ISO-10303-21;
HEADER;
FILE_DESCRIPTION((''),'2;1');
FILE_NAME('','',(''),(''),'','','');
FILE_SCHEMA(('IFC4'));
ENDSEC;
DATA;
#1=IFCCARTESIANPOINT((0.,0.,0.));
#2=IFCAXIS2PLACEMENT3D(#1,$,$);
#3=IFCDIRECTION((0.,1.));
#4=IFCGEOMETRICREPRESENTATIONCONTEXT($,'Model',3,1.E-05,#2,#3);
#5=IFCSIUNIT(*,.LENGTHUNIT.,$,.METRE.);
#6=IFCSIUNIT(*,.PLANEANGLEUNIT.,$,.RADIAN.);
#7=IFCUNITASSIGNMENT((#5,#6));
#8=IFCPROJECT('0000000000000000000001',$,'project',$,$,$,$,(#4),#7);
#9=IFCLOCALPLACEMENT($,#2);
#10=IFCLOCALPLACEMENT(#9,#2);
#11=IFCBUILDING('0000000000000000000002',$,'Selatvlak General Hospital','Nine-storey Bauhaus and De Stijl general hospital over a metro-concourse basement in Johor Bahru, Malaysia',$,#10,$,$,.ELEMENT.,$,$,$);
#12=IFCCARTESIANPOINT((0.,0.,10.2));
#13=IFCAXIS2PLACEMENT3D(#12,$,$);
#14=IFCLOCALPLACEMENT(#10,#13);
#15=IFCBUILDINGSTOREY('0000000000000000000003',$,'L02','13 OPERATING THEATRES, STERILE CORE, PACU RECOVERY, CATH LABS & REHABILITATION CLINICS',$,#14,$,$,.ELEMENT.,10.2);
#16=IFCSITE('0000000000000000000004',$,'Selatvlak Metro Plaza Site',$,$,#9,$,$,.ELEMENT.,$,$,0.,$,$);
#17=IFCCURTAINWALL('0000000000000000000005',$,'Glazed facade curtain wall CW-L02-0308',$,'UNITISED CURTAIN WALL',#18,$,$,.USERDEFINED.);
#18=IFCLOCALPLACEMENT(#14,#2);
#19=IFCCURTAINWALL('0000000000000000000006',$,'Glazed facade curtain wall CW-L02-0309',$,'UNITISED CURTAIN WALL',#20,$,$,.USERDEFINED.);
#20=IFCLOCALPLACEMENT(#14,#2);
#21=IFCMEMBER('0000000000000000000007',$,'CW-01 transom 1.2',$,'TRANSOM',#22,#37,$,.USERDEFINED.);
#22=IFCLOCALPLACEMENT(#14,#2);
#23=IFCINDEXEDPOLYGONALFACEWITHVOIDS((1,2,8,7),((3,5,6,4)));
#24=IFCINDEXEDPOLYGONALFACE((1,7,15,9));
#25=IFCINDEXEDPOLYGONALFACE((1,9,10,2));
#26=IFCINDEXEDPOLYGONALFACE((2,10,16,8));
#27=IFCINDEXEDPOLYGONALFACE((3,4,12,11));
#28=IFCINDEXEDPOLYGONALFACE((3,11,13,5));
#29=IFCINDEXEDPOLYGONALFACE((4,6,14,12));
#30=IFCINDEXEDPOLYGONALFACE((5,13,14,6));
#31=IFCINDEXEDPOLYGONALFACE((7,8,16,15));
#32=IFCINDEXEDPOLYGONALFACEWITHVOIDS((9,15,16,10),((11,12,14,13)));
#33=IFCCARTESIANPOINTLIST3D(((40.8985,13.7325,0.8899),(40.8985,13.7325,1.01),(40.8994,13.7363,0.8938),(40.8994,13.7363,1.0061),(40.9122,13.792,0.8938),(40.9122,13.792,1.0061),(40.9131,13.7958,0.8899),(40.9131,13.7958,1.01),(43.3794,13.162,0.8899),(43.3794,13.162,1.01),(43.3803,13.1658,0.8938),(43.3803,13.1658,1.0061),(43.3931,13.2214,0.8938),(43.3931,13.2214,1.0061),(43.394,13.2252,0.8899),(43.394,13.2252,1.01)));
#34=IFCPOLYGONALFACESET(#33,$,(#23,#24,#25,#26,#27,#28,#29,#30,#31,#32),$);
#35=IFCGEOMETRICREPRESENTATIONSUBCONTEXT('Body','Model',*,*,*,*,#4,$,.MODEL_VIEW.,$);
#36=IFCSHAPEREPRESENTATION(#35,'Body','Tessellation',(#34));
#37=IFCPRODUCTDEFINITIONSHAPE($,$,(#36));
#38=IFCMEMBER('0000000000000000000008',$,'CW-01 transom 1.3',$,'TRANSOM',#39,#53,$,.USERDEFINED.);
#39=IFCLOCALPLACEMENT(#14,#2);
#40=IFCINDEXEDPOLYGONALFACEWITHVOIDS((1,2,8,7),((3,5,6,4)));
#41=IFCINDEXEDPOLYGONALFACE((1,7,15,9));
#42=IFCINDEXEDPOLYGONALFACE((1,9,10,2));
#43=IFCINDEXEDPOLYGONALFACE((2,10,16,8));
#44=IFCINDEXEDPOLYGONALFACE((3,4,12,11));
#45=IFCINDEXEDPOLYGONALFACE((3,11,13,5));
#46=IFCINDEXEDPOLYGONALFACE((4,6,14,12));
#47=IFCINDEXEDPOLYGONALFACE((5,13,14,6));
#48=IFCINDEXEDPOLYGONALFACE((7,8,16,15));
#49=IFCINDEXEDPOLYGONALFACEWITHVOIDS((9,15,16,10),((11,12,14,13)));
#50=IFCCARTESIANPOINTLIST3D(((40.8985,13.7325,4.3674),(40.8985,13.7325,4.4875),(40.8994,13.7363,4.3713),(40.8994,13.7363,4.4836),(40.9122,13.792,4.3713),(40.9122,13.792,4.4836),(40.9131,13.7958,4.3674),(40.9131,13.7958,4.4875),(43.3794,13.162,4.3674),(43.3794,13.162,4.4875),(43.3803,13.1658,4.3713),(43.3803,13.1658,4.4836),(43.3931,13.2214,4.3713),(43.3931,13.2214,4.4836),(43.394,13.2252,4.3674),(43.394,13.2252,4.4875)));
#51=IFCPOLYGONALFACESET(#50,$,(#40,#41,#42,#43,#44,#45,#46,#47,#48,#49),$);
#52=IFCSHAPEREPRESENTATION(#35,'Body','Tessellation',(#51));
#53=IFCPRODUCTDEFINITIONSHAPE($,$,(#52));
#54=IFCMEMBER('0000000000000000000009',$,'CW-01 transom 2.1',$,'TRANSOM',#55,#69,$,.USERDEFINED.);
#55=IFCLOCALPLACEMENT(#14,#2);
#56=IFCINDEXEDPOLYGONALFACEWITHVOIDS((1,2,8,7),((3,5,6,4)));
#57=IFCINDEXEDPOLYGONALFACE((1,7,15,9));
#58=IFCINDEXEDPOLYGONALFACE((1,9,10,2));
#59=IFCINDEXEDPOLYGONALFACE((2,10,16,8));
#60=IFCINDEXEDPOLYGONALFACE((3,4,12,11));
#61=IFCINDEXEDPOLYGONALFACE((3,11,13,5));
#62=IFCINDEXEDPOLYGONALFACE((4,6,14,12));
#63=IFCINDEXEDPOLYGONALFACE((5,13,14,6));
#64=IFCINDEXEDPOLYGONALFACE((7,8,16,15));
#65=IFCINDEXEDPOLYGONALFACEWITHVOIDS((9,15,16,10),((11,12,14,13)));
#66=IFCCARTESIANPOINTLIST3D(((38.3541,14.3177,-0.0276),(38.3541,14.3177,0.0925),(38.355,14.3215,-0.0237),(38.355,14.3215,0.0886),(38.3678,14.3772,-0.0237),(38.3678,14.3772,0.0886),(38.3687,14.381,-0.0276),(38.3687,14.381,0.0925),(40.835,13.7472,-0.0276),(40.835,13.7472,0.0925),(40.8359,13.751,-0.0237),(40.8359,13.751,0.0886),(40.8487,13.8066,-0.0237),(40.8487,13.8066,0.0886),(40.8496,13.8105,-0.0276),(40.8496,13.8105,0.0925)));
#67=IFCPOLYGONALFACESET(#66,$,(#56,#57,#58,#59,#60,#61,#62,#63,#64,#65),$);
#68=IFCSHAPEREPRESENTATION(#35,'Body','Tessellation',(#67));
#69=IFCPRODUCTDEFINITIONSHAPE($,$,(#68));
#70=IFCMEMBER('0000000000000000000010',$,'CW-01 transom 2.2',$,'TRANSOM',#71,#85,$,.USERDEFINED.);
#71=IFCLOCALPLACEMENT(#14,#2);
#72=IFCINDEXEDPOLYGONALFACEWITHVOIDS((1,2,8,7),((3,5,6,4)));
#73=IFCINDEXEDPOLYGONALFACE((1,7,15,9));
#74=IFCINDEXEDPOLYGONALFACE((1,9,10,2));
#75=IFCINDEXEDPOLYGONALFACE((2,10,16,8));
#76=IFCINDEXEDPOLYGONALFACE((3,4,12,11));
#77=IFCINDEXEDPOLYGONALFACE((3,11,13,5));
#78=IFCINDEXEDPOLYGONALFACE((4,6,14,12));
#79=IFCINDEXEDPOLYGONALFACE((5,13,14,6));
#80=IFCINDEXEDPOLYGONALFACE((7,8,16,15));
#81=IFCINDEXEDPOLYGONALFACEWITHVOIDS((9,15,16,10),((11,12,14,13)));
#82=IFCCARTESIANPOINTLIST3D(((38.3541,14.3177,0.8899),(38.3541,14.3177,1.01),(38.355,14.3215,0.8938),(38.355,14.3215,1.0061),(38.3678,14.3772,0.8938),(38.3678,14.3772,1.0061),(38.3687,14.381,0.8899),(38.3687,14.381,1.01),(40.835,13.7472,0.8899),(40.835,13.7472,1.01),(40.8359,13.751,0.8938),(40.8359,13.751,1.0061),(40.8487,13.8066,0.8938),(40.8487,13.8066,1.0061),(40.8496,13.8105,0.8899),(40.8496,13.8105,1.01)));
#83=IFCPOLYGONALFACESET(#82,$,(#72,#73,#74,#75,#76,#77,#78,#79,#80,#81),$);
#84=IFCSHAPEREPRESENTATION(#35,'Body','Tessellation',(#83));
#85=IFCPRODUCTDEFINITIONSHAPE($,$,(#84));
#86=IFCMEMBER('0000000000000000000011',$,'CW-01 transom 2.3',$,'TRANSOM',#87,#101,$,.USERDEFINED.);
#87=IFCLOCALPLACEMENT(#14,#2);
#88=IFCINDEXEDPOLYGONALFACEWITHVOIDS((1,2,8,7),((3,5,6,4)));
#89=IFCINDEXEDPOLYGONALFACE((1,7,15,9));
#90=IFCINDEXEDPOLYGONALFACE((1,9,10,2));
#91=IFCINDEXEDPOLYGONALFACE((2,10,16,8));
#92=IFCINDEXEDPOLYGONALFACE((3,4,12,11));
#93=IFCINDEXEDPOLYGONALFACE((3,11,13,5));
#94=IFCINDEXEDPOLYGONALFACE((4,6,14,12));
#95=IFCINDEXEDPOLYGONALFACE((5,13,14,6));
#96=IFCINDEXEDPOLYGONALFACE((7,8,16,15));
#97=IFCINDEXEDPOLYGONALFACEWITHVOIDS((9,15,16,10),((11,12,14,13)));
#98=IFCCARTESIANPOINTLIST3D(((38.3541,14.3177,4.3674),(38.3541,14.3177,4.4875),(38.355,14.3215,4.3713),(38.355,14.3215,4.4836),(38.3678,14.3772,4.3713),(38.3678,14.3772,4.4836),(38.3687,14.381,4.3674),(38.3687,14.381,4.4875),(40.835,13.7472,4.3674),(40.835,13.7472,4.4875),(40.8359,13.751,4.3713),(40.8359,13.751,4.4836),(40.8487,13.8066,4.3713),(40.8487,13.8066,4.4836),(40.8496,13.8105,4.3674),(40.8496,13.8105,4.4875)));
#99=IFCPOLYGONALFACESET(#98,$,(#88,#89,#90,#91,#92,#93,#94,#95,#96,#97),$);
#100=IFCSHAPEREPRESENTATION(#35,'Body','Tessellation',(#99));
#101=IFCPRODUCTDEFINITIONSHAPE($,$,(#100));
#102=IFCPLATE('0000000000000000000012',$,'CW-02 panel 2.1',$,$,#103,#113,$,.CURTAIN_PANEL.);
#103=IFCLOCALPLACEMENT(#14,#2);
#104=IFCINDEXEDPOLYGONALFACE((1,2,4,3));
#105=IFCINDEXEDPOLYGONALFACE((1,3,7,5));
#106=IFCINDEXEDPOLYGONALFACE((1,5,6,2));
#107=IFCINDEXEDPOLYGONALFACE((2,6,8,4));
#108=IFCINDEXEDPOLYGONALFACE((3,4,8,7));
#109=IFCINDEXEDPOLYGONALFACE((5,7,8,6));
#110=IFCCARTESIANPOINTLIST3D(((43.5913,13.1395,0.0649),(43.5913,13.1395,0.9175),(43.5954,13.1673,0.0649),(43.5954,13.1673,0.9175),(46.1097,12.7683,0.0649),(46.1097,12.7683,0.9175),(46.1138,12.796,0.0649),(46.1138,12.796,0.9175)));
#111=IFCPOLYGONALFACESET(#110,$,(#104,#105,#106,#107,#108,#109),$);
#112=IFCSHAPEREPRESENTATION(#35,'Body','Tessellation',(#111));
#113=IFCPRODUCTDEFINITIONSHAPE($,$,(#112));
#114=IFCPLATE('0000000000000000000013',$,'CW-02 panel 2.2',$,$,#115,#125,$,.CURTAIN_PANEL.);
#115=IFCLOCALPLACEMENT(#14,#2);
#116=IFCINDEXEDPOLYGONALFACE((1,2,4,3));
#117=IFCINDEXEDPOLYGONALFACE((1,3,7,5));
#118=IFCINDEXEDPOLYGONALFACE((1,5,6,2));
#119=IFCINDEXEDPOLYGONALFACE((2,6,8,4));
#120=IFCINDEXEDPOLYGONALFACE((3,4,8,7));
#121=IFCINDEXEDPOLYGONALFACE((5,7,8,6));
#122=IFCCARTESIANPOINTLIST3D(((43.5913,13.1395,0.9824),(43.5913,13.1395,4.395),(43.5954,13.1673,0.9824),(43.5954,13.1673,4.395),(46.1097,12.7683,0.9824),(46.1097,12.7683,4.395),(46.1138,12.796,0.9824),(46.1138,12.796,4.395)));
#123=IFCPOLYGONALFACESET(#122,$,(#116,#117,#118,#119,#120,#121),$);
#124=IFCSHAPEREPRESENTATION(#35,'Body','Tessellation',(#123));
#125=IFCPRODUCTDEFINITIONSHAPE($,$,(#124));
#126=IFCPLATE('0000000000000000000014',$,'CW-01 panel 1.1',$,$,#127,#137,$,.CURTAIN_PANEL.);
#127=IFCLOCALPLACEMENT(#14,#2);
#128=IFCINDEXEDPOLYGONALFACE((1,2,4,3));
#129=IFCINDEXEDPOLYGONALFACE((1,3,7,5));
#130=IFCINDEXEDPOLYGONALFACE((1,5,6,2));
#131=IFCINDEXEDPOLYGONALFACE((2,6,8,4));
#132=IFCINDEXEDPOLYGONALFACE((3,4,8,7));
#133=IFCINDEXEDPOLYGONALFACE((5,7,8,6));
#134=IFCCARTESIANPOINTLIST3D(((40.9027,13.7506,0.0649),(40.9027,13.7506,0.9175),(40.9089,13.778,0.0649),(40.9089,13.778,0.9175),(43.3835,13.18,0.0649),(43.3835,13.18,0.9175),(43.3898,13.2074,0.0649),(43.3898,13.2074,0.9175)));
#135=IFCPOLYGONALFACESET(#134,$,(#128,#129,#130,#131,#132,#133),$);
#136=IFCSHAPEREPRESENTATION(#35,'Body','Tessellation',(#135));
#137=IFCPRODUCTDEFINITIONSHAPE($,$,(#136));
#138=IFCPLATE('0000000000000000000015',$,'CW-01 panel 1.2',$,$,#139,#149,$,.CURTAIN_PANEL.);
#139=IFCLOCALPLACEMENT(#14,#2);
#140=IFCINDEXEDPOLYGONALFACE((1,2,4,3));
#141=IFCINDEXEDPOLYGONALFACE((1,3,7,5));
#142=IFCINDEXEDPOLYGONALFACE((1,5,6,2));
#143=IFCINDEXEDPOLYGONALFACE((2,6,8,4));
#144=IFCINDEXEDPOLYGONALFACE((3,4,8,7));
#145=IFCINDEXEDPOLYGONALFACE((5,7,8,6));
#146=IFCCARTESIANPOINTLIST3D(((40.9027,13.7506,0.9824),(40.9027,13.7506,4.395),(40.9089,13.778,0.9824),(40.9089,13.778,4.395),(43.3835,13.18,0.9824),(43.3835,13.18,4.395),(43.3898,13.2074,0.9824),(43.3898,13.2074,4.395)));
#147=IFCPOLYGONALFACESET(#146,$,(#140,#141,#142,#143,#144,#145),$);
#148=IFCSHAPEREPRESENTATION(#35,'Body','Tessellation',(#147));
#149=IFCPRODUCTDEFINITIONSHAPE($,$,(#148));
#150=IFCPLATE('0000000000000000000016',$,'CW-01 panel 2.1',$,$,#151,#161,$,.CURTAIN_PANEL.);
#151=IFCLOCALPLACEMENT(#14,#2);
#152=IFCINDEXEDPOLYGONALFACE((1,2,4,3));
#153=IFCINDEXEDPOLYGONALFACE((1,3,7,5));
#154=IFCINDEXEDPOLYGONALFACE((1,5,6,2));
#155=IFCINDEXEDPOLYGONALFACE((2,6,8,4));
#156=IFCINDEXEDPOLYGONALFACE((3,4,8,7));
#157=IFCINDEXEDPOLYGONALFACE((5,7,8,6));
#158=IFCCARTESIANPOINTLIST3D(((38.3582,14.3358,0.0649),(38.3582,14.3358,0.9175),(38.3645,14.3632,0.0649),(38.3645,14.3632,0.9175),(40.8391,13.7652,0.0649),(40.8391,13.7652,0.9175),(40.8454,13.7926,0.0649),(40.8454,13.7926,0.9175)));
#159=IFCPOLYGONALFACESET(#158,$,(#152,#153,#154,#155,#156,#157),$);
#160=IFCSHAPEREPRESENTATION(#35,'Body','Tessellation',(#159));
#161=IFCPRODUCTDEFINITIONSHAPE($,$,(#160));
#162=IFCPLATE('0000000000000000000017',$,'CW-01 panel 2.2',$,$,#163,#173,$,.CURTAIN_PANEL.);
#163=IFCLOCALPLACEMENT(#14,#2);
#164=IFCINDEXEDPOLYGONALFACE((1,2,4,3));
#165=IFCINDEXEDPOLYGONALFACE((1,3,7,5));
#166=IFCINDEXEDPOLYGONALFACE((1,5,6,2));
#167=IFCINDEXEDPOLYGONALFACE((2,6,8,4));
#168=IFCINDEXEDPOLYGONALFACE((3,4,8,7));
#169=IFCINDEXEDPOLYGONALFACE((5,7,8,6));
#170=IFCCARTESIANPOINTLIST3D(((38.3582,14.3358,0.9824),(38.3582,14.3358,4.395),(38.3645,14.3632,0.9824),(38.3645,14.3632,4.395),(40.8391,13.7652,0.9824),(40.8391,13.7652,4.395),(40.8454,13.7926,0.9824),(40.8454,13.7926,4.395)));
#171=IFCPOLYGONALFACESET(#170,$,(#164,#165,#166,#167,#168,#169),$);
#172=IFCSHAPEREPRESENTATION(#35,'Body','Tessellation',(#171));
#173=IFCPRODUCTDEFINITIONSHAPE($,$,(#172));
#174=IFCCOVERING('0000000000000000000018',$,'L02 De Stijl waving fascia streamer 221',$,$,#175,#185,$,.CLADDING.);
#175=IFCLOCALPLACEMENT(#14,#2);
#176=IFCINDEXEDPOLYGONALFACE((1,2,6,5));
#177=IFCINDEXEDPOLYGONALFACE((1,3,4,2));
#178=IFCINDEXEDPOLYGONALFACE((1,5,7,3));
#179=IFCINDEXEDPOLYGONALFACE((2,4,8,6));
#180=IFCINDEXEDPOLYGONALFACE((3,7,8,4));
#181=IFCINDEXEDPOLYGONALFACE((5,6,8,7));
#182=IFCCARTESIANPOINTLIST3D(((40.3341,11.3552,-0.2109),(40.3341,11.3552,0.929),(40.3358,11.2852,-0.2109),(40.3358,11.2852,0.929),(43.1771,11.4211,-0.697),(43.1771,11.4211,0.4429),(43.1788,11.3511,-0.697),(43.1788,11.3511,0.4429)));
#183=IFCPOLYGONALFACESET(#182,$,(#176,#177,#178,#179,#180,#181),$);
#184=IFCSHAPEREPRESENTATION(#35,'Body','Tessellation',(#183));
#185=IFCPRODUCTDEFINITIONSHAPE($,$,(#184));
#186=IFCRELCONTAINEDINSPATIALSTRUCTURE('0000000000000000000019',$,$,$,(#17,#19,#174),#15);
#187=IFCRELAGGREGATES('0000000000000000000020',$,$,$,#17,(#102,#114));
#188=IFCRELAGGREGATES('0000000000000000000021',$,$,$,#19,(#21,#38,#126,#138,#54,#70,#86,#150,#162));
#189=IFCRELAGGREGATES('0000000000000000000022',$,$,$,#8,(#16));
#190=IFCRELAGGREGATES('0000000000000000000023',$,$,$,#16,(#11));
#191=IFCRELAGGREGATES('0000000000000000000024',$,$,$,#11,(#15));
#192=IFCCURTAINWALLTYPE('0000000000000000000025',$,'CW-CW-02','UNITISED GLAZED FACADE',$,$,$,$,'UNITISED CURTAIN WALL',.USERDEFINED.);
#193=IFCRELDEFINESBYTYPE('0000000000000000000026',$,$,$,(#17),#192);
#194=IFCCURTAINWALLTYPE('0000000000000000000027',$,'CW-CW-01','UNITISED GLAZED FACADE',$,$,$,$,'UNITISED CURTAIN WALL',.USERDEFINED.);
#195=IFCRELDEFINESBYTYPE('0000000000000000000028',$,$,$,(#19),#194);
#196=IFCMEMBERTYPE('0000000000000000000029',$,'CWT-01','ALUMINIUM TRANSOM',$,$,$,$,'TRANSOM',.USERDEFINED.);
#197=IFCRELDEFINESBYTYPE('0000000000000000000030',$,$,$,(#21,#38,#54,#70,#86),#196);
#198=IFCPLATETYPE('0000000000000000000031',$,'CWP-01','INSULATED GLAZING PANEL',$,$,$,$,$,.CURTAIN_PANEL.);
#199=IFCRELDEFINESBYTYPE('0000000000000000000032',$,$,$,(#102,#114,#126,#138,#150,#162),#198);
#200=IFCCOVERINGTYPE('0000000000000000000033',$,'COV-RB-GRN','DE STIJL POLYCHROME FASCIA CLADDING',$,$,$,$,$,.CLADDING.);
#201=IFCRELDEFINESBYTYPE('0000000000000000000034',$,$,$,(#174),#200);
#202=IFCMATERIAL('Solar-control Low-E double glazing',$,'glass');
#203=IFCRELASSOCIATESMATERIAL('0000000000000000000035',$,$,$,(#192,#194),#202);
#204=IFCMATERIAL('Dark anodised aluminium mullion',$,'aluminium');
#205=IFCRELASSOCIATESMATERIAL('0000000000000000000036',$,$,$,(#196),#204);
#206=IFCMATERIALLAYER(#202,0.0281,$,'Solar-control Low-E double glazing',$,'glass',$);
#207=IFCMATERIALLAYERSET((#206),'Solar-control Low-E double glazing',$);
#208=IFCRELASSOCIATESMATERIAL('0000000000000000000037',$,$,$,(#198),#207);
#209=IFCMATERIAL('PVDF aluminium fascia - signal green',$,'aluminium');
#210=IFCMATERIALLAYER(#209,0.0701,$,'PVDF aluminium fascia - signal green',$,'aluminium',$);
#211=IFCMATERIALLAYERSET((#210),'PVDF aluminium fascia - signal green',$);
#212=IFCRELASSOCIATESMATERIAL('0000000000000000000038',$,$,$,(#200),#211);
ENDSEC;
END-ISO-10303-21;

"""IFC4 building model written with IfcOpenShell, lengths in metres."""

from ifc_helpers import new_model, si_unit, direction, frame, origin, origin_2d, place, context, subcontext, project, spatial, polyline, rectangle, hollow_rectangle, outline, extrude, material, layer, layer_set, material_profile, profile_set, type_object, element, aggregate, save


model = new_model("IFC4")

# Units and contexts
model_context = context("Model", 3, precision=1e-05, world=origin(), true_north=direction((0.0, 1.0)))
body_context = subcontext(model_context, "Body", "Model", "MODEL_VIEW")
ifc_project = project(units=[si_unit("LENGTHUNIT", "METRE"), si_unit("PLANEANGLEUNIT", "RADIAN")], contexts=[model_context])

# Site, building, storey
site_placement = place(None, origin())
site = spatial("IfcSite", under=ifc_project, at=site_placement, Name="Selatvlak Metro Plaza Site", CompositionType="ELEMENT", RefElevation=0.0)
building_placement = place(site_placement, origin())
building = spatial("IfcBuilding", under=site, at=building_placement, Name="Selatvlak General Hospital", Description="Nine-storey Bauhaus and De Stijl general hospital over a metro-concourse basement in Johor Bahru, Malaysia", CompositionType="ELEMENT")
storey_placement = place(building_placement, frame((0.0, 0.0, 10.2)))
storey = spatial("IfcBuildingStorey", under=building, at=storey_placement, Name="L02", Description="13 OPERATING THEATRES, STERILE CORE, PACU RECOVERY, CATH LABS & REHABILITATION CLINICS", CompositionType="ELEMENT", Elevation=10.2)

# Curtain wall
ifc_material_1 = material(Name="Solar-control Low-E double glazing", Category="glass")
curtain_wall_type_1 = type_object("IfcCurtainWallType", Name="CW-CW-02", Description="UNITISED GLAZED FACADE", ElementType="UNITISED CURTAIN WALL", PredefinedType="USERDEFINED", material=ifc_material_1)
curtain_wall_1_placement = place(storey_placement, origin())
curtain_wall_1 = element("IfcCurtainWall", 1, at=curtain_wall_1_placement, inside=storey, type_object=curtain_wall_type_1, Name="Glazed facade curtain wall CW-L02-0308", ObjectType="UNITISED CURTAIN WALL", PredefinedType="USERDEFINED")
ifc_material_2 = material(Name="Dark anodised aluminium mullion", Category="aluminium")

# Curtain wall
curtain_wall_type_2 = type_object("IfcCurtainWallType", Name="CW-CW-01", Description="UNITISED GLAZED FACADE", ElementType="UNITISED CURTAIN WALL", PredefinedType="USERDEFINED", material=ifc_material_1)
curtain_wall_2_placement = place(storey_placement, origin())
curtain_wall_2 = element("IfcCurtainWall", 2, at=curtain_wall_2_placement, inside=storey, type_object=curtain_wall_type_2, Name="Glazed facade curtain wall CW-L02-0309", ObjectType="UNITISED CURTAIN WALL", PredefinedType="USERDEFINED")

# Members
ifc_material_profile_1 = material_profile(ifc_material_2, hollow_rectangle(XDim=0.0649, YDim=0.1201, WallThickness=0.0039, at=origin_2d()), Name="AL-TRN 65x120x4")
ifc_profile_set_1 = profile_set([ifc_material_profile_1], Name="Dark anodised aluminium mullion")
member_type_1 = type_object("IfcMemberType", Name="CWT-01", Description="ALUMINIUM TRANSOM", ElementType="TRANSOM", PredefinedType="USERDEFINED", material=ifc_profile_set_1)
member_1_placement = place(storey_placement, frame((43.3867, 13.1936, 0.95), z_axis=(-0.974561, 0.224124, 0.0), x_axis=(-0.224124, -0.974561, 0.0)))
member_1 = element("IfcMember", 3, at=member_1_placement, type_object=member_type_1, Name="CW-01 transom 1.2", ObjectType="TRANSOM", PredefinedType="USERDEFINED", context=body_context, shape_type="SweptSolid", body=[
    extrude(hollow_rectangle(XDim=0.0649, YDim=0.1201, WallThickness=0.0039, at=origin_2d()), origin(), (0.0, 0.0, 1.0), 2.5457),
])
member_2_placement = place(storey_placement, frame((43.3867, 13.1936, 4.4275), z_axis=(-0.974561, 0.224124, 0.0), x_axis=(-0.224124, -0.974561, 0.0)))
member_2 = element("IfcMember", 4, at=member_2_placement, type_object=member_type_1, Name="CW-01 transom 1.3", ObjectType="TRANSOM", PredefinedType="USERDEFINED", context=body_context, shape_type="SweptSolid", body=[
    extrude(hollow_rectangle(XDim=0.0649, YDim=0.1201, WallThickness=0.0039, at=origin_2d()), origin(), (0.0, 0.0, 1.0), 2.5457),
])
member_3_placement = place(storey_placement, frame((40.8423, 13.7788, 0.0325), z_axis=(-0.974561, 0.224124, 0.0), x_axis=(-0.224124, -0.974561, 0.0)))
member_3 = element("IfcMember", 5, at=member_3_placement, type_object=member_type_1, Name="CW-01 transom 2.1", ObjectType="TRANSOM", PredefinedType="USERDEFINED", context=body_context, shape_type="SweptSolid", body=[
    extrude(hollow_rectangle(XDim=0.0649, YDim=0.1201, WallThickness=0.0039, at=origin_2d()), origin(), (0.0, 0.0, 1.0), 2.5457),
])
member_4_placement = place(storey_placement, frame((40.8423, 13.7788, 0.95), z_axis=(-0.974561, 0.224124, 0.0), x_axis=(-0.224124, -0.974561, 0.0)))
member_4 = element("IfcMember", 6, at=member_4_placement, type_object=member_type_1, Name="CW-01 transom 2.2", ObjectType="TRANSOM", PredefinedType="USERDEFINED", context=body_context, shape_type="SweptSolid", body=[
    extrude(hollow_rectangle(XDim=0.0649, YDim=0.1201, WallThickness=0.0039, at=origin_2d()), origin(), (0.0, 0.0, 1.0), 2.5457),
])
member_5_placement = place(storey_placement, frame((40.8423, 13.7788, 4.4275), z_axis=(-0.974561, 0.224124, 0.0), x_axis=(-0.224124, -0.974561, 0.0)))
member_5 = element("IfcMember", 7, at=member_5_placement, type_object=member_type_1, Name="CW-01 transom 2.3", ObjectType="TRANSOM", PredefinedType="USERDEFINED", context=body_context, shape_type="SweptSolid", body=[
    extrude(hollow_rectangle(XDim=0.0649, YDim=0.1201, WallThickness=0.0039, at=origin_2d()), origin(), (0.0, 0.0, 1.0), 2.5457),
])

# Plates
ifc_layer_1 = layer(ifc_material_1, 0.0281, Name="Solar-control Low-E double glazing", Category="glass")
ifc_layer_set_1 = layer_set([ifc_layer_1], Name="Solar-control Low-E double glazing")
plate_type = type_object("IfcPlateType", Name="CWP-01", Description="INSULATED GLAZING PANEL", PredefinedType="CURTAIN_PANEL", material=ifc_layer_set_1)
plate_1_placement = place(storey_placement, frame((44.8525, 12.9678, 0.0649), z_axis=(0.0, 0.0, 1.0), x_axis=(-0.989308, 0.145843, 0.0)))
plate_1 = element("IfcPlate", 8, at=plate_1_placement, type_object=plate_type, Name="CW-02 panel 2.1", PredefinedType="CURTAIN_PANEL", context=body_context, shape_type="SweptSolid", body=[
    extrude(rectangle(XDim=2.5457, YDim=0.0281, at=origin_2d()), origin(), (0.0, 0.0, 1.0), 0.8525),
])
plate_2_placement = place(storey_placement, frame((44.8525, 12.9678, 0.9824), z_axis=(0.0, 0.0, 1.0), x_axis=(-0.989308, 0.145843, 0.0)))
plate_2 = element("IfcPlate", 9, at=plate_2_placement, type_object=plate_type, Name="CW-02 panel 2.2", PredefinedType="CURTAIN_PANEL", context=body_context, shape_type="SweptSolid", body=[
    extrude(rectangle(XDim=2.5457, YDim=0.0281, at=origin_2d()), origin(), (0.0, 0.0, 1.0), 3.4126),
])
aggregate(curtain_wall_1, [plate_1, plate_2])
plate_3_placement = place(storey_placement, frame((42.1462, 13.479, 0.0649), z_axis=(0.0, 0.0, 1.0), x_axis=(-0.974554, 0.224155, 0.0)))
plate_3 = element("IfcPlate", 10, at=plate_3_placement, type_object=plate_type, Name="CW-01 panel 1.1", PredefinedType="CURTAIN_PANEL", context=body_context, shape_type="SweptSolid", body=[
    extrude(rectangle(XDim=2.5457, YDim=0.0281, at=origin_2d()), origin(), (0.0, 0.0, 1.0), 0.8525),
])
plate_4_placement = place(storey_placement, frame((42.1462, 13.479, 0.9824), z_axis=(0.0, 0.0, 1.0), x_axis=(-0.974554, 0.224155, 0.0)))
plate_4 = element("IfcPlate", 11, at=plate_4_placement, type_object=plate_type, Name="CW-01 panel 1.2", PredefinedType="CURTAIN_PANEL", context=body_context, shape_type="SweptSolid", body=[
    extrude(rectangle(XDim=2.5457, YDim=0.0281, at=origin_2d()), origin(), (0.0, 0.0, 1.0), 3.4126),
])
plate_5_placement = place(storey_placement, frame((39.6018, 14.0642, 0.0649), z_axis=(0.0, 0.0, 1.0), x_axis=(-0.974554, 0.224155, 0.0)))
plate_5 = element("IfcPlate", 12, at=plate_5_placement, type_object=plate_type, Name="CW-01 panel 2.1", PredefinedType="CURTAIN_PANEL", context=body_context, shape_type="SweptSolid", body=[
    extrude(rectangle(XDim=2.5457, YDim=0.0281, at=origin_2d()), origin(), (0.0, 0.0, 1.0), 0.8525),
])
plate_6_placement = place(storey_placement, frame((39.6018, 14.0642, 0.9824), z_axis=(0.0, 0.0, 1.0), x_axis=(-0.974554, 0.224155, 0.0)))
plate_6 = element("IfcPlate", 13, at=plate_6_placement, type_object=plate_type, Name="CW-01 panel 2.2", PredefinedType="CURTAIN_PANEL", context=body_context, shape_type="SweptSolid", body=[
    extrude(rectangle(XDim=2.5457, YDim=0.0281, at=origin_2d()), origin(), (0.0, 0.0, 1.0), 3.4126),
])
aggregate(curtain_wall_2, [member_1, member_2, plate_3, plate_4, member_3, member_4, member_5, plate_5, plate_6])

# Covering
ifc_material_3 = material(Name="PVDF aluminium fascia - signal green", Category="aluminium")
ifc_layer_2 = layer(ifc_material_3, 0.0701, Name="PVDF aluminium fascia - signal green", Category="aluminium")
ifc_layer_set_2 = layer_set([ifc_layer_2], Name="PVDF aluminium fascia - signal green")
covering_type = type_object("IfcCoveringType", Name="COV-RB-GRN", Description="DE STIJL POLYCHROME FASCIA CLADDING", PredefinedType="CLADDING", material=ifc_layer_set_2)
covering_1_placement = place(storey_placement, frame((40.335, 11.3201, -0.2109), z_axis=(0.0, 0.0, 1.0), x_axis=(0.999731, 0.02318, 0.0)))
element("IfcCovering", 14, at=covering_1_placement, inside=storey, type_object=covering_type, Name="L02 De Stijl waving fascia streamer 221", PredefinedType="CLADDING", context=body_context, shape_type="SweptSolid", body=[
    extrude(outline(polyline([(0.0, 0.0), (2.8438, -0.4861), (2.8438, 0.6538), (0.0, 1.1399), (0.0, 0.0)])), frame((0.0, 0.0352, 0.0), z_axis=(0.0, -1.0, 0.0), x_axis=(1.0, 0.0, 0.0)), (0.0, 0.0, 1.0), 0.0701),
])

save(model, "model.ifc")
